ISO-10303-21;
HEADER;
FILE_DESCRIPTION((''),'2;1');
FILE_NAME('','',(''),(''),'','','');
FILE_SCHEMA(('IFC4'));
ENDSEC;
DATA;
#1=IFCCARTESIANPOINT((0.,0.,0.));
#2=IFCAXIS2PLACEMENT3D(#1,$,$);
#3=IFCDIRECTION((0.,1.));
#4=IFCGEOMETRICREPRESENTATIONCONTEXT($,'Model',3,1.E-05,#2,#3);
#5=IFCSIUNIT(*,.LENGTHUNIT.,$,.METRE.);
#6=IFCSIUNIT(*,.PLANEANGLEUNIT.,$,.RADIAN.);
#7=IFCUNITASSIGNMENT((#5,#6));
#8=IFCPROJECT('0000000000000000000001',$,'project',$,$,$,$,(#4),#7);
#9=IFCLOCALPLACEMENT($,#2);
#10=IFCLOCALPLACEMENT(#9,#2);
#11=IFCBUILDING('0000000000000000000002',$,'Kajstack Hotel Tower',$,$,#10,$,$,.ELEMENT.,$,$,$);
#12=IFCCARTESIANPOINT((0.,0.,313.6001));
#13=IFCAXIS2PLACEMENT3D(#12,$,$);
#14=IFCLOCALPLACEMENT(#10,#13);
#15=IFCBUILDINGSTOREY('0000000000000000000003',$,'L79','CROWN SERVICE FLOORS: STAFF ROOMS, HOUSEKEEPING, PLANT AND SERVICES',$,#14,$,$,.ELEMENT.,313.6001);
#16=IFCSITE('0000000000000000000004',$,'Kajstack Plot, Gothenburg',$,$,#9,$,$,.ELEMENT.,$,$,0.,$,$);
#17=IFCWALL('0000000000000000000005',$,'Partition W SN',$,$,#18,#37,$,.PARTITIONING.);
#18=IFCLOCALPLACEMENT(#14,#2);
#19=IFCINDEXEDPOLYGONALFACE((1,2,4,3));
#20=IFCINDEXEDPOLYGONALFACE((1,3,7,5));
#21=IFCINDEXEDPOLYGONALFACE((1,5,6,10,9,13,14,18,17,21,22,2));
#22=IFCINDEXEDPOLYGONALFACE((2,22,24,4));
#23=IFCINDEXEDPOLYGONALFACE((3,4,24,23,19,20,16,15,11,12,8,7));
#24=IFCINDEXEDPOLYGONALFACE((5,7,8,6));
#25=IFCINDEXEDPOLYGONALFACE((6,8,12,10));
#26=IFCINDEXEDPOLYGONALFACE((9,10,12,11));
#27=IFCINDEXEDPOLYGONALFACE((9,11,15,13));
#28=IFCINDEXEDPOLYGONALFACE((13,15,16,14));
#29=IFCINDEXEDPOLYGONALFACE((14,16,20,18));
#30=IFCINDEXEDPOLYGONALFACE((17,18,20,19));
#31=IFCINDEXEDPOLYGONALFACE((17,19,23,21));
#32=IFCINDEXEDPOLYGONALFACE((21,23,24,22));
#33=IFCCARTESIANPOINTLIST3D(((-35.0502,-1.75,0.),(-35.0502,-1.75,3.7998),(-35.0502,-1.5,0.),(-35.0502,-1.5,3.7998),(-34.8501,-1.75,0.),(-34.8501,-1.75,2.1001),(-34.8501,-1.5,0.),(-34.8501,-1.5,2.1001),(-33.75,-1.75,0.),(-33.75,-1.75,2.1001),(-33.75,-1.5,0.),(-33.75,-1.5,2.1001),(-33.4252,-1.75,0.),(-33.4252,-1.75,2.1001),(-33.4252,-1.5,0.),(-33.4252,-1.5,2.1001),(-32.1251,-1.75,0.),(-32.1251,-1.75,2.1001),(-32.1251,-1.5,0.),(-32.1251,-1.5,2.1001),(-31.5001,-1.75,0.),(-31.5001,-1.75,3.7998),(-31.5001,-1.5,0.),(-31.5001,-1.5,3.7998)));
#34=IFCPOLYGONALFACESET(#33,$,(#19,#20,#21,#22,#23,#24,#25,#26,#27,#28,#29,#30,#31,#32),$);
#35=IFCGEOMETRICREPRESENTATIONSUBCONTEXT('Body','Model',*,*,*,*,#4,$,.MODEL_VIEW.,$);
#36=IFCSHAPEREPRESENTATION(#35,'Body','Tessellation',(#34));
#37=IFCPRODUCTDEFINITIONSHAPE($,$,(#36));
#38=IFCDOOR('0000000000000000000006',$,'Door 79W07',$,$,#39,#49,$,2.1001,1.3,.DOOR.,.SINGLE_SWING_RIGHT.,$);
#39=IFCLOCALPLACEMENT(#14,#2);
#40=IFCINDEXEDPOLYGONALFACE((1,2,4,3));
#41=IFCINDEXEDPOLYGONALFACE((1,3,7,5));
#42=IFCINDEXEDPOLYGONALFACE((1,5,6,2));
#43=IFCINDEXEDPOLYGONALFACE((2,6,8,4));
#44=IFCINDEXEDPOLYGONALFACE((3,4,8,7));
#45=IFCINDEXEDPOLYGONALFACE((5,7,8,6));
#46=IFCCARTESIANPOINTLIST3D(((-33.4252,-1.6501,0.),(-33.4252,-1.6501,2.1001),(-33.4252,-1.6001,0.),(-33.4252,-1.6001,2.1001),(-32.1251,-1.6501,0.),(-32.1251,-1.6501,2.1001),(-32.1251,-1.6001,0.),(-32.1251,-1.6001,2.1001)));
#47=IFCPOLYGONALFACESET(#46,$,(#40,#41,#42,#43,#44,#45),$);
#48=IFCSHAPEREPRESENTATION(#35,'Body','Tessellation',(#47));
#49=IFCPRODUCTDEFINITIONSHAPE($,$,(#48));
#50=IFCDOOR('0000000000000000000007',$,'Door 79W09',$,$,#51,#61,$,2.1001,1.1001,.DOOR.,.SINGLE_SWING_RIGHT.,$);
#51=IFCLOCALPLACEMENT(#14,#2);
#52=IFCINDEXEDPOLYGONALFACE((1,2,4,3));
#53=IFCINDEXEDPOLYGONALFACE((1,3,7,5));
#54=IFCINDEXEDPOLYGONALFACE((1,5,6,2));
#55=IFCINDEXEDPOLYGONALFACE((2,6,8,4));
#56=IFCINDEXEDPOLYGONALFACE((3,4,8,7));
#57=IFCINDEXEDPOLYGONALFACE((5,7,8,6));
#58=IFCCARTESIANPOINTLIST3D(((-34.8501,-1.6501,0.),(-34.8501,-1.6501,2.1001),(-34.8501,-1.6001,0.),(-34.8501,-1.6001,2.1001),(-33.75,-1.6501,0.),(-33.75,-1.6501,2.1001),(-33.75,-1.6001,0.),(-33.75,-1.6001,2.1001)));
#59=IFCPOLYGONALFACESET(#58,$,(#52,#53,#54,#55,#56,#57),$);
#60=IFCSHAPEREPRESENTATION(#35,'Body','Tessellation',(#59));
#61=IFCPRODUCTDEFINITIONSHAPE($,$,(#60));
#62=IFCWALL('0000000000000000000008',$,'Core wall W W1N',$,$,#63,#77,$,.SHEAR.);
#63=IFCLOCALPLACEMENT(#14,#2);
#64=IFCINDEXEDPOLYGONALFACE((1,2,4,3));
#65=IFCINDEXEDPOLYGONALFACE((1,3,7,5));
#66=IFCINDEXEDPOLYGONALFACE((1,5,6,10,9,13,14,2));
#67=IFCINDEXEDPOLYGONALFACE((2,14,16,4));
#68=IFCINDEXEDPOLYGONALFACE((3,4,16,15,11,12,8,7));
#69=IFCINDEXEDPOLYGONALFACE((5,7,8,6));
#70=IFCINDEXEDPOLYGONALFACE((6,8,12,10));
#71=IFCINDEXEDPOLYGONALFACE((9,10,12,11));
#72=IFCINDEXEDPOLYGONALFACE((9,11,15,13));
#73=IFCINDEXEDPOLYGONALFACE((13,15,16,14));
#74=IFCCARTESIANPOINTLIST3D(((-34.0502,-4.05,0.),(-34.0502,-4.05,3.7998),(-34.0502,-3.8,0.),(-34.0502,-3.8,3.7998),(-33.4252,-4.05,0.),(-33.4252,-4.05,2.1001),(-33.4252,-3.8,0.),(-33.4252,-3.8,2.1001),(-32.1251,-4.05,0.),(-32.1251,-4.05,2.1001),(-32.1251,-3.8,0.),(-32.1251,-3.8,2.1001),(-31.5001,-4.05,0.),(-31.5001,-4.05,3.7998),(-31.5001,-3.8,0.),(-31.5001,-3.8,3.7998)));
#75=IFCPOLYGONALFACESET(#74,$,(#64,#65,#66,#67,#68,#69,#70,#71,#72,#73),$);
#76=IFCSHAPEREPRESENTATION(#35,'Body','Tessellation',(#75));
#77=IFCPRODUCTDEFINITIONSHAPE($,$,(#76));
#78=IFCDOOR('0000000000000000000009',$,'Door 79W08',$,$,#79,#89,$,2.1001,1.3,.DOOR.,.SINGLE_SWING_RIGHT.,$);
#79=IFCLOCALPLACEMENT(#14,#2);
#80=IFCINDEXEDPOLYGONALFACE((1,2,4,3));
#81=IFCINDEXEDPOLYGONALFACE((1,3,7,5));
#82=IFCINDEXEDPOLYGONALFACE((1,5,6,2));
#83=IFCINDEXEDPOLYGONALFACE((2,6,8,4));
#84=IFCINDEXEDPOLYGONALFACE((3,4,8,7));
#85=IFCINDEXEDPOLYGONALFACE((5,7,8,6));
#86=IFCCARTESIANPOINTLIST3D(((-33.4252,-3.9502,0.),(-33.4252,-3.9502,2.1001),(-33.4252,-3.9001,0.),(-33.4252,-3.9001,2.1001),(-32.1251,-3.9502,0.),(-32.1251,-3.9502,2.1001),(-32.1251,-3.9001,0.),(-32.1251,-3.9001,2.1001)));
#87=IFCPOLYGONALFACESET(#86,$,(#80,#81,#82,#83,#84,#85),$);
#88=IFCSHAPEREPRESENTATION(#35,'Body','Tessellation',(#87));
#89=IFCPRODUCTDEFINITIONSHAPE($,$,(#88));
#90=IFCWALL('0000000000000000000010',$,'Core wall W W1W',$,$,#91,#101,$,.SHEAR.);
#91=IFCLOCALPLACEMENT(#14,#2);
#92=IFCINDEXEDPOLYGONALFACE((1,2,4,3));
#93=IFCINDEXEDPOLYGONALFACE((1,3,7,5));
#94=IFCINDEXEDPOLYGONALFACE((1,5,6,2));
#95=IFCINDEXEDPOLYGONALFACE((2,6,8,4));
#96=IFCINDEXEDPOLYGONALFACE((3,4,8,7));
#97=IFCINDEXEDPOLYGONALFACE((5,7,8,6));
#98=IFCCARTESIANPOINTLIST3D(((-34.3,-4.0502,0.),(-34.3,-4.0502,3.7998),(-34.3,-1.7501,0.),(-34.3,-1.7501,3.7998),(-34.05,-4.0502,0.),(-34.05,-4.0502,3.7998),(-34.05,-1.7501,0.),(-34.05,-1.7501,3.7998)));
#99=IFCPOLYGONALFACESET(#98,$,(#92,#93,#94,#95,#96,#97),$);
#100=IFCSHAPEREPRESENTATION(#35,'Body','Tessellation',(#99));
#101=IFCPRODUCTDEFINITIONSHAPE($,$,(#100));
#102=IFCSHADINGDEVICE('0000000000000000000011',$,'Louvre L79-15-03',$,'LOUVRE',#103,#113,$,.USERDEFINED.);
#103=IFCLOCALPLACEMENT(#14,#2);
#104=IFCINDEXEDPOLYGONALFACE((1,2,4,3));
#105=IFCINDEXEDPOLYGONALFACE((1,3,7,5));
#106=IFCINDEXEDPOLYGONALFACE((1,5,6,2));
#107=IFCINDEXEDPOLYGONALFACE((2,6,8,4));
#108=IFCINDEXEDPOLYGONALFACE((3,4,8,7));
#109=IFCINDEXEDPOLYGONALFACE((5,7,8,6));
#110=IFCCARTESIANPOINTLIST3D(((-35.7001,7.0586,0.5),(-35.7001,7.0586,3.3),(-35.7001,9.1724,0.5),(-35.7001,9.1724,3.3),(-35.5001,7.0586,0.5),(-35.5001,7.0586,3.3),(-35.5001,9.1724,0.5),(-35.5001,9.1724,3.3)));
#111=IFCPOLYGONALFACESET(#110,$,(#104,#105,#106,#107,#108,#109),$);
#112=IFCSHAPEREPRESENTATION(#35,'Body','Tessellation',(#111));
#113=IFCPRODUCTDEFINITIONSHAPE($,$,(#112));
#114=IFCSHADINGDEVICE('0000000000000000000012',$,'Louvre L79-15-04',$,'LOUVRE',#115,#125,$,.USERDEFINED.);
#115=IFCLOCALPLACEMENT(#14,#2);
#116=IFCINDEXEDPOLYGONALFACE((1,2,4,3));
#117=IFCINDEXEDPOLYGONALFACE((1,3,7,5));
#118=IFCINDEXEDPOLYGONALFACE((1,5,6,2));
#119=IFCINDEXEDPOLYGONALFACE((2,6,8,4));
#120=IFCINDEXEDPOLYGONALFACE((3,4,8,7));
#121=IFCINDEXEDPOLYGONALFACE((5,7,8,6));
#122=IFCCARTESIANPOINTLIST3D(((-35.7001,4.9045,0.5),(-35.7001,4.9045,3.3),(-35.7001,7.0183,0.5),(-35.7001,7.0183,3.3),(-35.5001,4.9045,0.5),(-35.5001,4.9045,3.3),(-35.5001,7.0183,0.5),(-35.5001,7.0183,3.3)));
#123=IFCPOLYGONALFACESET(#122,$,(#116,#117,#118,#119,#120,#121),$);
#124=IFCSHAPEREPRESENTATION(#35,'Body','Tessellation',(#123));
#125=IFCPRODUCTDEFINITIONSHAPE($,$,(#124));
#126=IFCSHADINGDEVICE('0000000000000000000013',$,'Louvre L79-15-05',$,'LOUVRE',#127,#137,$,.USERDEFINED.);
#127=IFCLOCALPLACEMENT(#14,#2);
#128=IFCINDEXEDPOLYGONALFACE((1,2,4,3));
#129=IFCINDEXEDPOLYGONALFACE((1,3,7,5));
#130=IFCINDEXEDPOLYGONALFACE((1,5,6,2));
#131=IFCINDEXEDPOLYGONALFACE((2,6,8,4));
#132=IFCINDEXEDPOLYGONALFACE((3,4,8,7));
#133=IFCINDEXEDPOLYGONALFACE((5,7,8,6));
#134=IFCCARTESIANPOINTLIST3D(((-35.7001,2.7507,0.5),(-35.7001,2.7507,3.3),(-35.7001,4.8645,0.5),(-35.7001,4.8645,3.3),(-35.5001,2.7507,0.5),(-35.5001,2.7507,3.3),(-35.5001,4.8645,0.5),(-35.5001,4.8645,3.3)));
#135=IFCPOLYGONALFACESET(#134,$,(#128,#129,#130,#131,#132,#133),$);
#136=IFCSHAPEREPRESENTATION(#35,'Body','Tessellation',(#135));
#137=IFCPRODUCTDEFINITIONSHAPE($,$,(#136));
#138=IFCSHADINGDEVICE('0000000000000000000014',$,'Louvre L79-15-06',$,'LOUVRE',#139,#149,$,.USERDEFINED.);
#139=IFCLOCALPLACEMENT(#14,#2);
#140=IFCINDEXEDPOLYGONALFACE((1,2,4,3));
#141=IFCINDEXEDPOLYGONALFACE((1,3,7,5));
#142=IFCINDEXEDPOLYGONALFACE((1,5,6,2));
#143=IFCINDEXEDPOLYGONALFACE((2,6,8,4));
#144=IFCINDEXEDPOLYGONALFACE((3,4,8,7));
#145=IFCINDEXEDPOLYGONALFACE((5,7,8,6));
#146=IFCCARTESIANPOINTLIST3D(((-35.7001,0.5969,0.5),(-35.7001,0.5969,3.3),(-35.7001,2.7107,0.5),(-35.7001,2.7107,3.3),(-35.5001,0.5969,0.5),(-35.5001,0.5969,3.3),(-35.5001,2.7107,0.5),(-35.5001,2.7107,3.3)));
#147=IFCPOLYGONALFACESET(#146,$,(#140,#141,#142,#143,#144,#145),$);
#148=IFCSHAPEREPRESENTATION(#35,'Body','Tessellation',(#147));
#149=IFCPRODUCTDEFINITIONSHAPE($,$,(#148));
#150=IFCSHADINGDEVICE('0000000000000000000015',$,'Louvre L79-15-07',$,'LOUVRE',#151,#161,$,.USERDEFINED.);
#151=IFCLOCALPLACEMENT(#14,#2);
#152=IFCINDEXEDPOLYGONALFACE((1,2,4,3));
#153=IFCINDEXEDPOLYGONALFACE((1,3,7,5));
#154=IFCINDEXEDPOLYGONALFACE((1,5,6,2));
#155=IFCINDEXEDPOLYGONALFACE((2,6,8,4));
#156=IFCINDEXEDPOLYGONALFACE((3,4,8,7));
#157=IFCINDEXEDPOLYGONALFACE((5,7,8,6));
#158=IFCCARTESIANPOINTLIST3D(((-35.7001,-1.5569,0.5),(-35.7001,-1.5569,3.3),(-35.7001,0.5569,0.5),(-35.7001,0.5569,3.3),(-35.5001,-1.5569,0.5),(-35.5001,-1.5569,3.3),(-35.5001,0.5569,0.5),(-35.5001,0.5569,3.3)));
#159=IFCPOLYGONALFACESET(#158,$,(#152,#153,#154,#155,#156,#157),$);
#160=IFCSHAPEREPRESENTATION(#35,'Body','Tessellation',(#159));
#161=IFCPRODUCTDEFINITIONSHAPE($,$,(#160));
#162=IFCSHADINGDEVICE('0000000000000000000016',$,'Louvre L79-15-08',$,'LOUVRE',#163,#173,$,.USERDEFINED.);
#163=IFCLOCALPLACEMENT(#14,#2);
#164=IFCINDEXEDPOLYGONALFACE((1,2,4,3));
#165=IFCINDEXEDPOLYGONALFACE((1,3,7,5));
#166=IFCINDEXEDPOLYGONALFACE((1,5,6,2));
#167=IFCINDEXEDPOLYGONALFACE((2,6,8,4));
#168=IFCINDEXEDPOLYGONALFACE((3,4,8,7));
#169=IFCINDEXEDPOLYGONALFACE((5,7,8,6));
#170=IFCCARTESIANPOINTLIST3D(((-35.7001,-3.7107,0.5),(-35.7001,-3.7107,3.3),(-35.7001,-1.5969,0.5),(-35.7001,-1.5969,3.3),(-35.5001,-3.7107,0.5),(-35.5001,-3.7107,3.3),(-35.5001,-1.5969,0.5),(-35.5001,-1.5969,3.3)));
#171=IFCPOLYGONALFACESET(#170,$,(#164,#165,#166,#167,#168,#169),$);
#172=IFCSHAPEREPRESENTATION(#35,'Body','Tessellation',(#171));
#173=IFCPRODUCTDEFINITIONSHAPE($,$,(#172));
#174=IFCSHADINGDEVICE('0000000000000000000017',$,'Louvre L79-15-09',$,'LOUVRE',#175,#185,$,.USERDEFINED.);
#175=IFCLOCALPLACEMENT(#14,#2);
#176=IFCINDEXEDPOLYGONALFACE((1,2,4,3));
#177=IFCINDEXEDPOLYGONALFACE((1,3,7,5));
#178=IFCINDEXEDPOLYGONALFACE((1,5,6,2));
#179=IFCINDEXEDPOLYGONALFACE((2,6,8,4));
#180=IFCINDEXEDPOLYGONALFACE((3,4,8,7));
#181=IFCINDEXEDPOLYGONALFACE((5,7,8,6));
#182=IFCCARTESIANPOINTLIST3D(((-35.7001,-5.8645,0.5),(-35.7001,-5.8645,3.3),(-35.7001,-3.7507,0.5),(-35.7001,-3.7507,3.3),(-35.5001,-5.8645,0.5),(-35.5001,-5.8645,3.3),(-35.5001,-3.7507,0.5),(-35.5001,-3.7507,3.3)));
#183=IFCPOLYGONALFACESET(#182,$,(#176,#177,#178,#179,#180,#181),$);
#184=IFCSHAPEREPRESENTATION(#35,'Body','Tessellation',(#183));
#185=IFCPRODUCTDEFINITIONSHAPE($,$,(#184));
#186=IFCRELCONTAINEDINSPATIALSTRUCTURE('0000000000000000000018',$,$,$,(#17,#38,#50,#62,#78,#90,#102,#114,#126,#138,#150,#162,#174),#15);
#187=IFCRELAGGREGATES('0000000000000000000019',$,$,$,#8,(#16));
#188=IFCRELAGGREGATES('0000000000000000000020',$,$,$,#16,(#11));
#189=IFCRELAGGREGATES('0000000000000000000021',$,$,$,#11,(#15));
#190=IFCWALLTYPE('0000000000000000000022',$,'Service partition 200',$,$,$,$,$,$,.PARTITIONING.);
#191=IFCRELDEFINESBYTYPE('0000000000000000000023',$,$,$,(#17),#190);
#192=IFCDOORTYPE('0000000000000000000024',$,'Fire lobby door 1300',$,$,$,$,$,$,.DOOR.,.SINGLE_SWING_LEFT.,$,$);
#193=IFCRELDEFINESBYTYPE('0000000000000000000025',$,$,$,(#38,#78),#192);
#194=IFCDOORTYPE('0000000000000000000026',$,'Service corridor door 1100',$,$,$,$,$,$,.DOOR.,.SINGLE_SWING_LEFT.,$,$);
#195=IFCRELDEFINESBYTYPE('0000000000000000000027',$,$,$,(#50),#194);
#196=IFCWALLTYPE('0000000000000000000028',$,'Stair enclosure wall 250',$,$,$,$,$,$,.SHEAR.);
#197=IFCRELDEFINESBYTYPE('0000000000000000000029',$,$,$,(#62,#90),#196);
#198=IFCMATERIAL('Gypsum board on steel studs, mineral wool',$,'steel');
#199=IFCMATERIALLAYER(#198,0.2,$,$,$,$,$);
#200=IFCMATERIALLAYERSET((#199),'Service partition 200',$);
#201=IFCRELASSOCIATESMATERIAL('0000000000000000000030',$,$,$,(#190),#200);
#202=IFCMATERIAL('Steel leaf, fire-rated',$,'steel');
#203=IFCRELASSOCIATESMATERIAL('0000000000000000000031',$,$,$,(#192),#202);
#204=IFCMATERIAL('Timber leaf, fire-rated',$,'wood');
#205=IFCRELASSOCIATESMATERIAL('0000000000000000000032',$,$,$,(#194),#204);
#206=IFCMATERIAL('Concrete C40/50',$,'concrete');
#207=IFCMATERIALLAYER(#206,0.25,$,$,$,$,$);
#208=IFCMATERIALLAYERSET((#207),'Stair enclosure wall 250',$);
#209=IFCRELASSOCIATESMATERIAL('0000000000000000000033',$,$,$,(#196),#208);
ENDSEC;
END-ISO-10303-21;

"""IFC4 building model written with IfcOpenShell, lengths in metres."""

from ifc_helpers import new_model, si_unit, direction, frame, frame_2d, origin, origin_2d, place, context, subcontext, project, spatial, rectangle, extrude, material, layer, layer_set, type_object, element, fill, save


model = new_model("IFC4")

# Units and contexts
model_context = context("Model", 3, precision=1e-05, world=origin(), true_north=direction((0.0, 1.0)))
body_context = subcontext(model_context, "Body", "Model", "MODEL_VIEW")
ifc_project = project(units=[si_unit("LENGTHUNIT", "METRE"), si_unit("PLANEANGLEUNIT", "RADIAN")], contexts=[model_context])

# Site, building, storey
site_placement = place(None, origin())
site = spatial("IfcSite", under=ifc_project, at=site_placement, Name="Kajstack Plot, Gothenburg", CompositionType="ELEMENT", RefElevation=0.0)
building_placement = place(site_placement, origin())
building = spatial("IfcBuilding", under=site, at=building_placement, Name="Kajstack Hotel Tower", CompositionType="ELEMENT")
storey_placement = place(building_placement, frame((0.0, 0.0, 313.6001)))
storey = spatial("IfcBuildingStorey", under=building, at=storey_placement, Name="L79", Description="CROWN SERVICE FLOORS: STAFF ROOMS, HOUSEKEEPING, PLANT AND SERVICES", CompositionType="ELEMENT", Elevation=313.6001)

# Shared definitions
ifc_material_1 = material(Name="Gypsum board on steel studs, mineral wool", Category="steel")

# Wall, openings, doors
ifc_layer_1 = layer(ifc_material_1, 0.2)
ifc_layer_set_1 = layer_set([ifc_layer_1], Name="Service partition 200")
wall_type_1 = type_object("IfcWallType", Name="Service partition 200", PredefinedType="PARTITIONING", material=ifc_layer_set_1)
wall_1_placement = place(storey_placement, frame((-35.05, -1.625, 0.0), z_axis=(0.0, 0.0, 1.0), x_axis=(1.0, 0.0, 0.0)))
wall_1 = element("IfcWall", 1, at=wall_1_placement, inside=storey, type_object=wall_type_1, Name="Partition W SN", PredefinedType="PARTITIONING", context=body_context, shape_type="SweptSolid", body=[
    extrude(rectangle(XDim=3.55, YDim=0.25, at=frame_2d((1.7749, 0.0))), origin(), (0.0, 0.0, 1.0), 3.7998),
])
opening_1_placement = place(wall_1_placement, frame((1.625, 0.0, 0.0)))
opening_1 = element("IfcOpeningElement", 2, at=opening_1_placement, cuts=wall_1, PredefinedType="OPENING", context=body_context, shape_type="SweptSolid", body=[
    extrude(rectangle(XDim=1.3, YDim=2.1001, at=frame_2d((0.6499, 1.05))), frame((0.0, 0.135, 0.0), z_axis=(0.0, -1.0, 0.0), x_axis=(1.0, 0.0, 0.0)), (0.0, 0.0, 1.0), 0.27),
])
opening_2_placement = place(wall_1_placement, frame((0.2, 0.0, 0.0)))
opening_2 = element("IfcOpeningElement", 3, at=opening_2_placement, cuts=wall_1, PredefinedType="OPENING", context=body_context, shape_type="SweptSolid", body=[
    extrude(rectangle(XDim=1.1001, YDim=2.1001, at=frame_2d((0.55, 1.05))), frame((0.0, 0.135, 0.0), z_axis=(0.0, -1.0, 0.0), x_axis=(1.0, 0.0, 0.0)), (0.0, 0.0, 1.0), 0.27),
])
ifc_material_2 = material(Name="Steel leaf, fire-rated", Category="steel")
door_type_1 = type_object("IfcDoorType", Name="Fire lobby door 1300", OperationType="SINGLE_SWING_LEFT", PredefinedType="DOOR", material=ifc_material_2)
door_1_placement = place(opening_1_placement, origin())
door_1 = element("IfcDoor", 4, at=door_1_placement, inside=storey, type_object=door_type_1, Name="Door 79W07", OperationType="SINGLE_SWING_RIGHT", OverallHeight=2.1001, OverallWidth=1.3, PredefinedType="DOOR", context=body_context, shape_type="SweptSolid", body=[
    extrude(rectangle(XDim=1.3, YDim=2.1001, at=frame_2d((0.6499, 1.05))), frame((0.0, 0.0249, 0.0), z_axis=(0.0, -1.0, 0.0), x_axis=(1.0, 0.0, 0.0)), (0.0, 0.0, 1.0), 0.05),
])
fill(opening_1, door_1)
ifc_material_3 = material(Name="Timber leaf, fire-rated", Category="wood")
door_type_2 = type_object("IfcDoorType", Name="Service corridor door 1100", OperationType="SINGLE_SWING_LEFT", PredefinedType="DOOR", material=ifc_material_3)
door_2_placement = place(opening_2_placement, origin())
door_2 = element("IfcDoor", 5, at=door_2_placement, inside=storey, type_object=door_type_2, Name="Door 79W09", OperationType="SINGLE_SWING_RIGHT", OverallHeight=2.1001, OverallWidth=1.1001, PredefinedType="DOOR", context=body_context, shape_type="SweptSolid", body=[
    extrude(rectangle(XDim=1.1001, YDim=2.1001, at=frame_2d((0.55, 1.05))), frame((0.0, 0.0249, 0.0), z_axis=(0.0, -1.0, 0.0), x_axis=(1.0, 0.0, 0.0)), (0.0, 0.0, 1.0), 0.05),
])
fill(opening_2, door_2)

# Wall, opening, door
ifc_material_4 = material(Name="Concrete C40/50", Category="concrete")
ifc_layer_2 = layer(ifc_material_4, 0.25)
ifc_layer_set_2 = layer_set([ifc_layer_2], Name="Stair enclosure wall 250")
wall_type_2 = type_object("IfcWallType", Name="Stair enclosure wall 250", PredefinedType="SHEAR", material=ifc_layer_set_2)
wall_2_placement = place(storey_placement, frame((-34.05, -3.925, 0.0), z_axis=(0.0, 0.0, 1.0), x_axis=(1.0, 0.0, 0.0)))
wall_2 = element("IfcWall", 6, at=wall_2_placement, inside=storey, type_object=wall_type_2, Name="Core wall W W1N", PredefinedType="SHEAR", context=body_context, shape_type="SweptSolid", body=[
    extrude(rectangle(XDim=2.55, YDim=0.25, at=frame_2d((1.2749, 0.0))), origin(), (0.0, 0.0, 1.0), 3.7998),
])
opening_3_placement = place(wall_2_placement, frame((0.625, 0.0, 0.0)))
opening_3 = element("IfcOpeningElement", 7, at=opening_3_placement, cuts=wall_2, PredefinedType="OPENING", context=body_context, shape_type="SweptSolid", body=[
    extrude(rectangle(XDim=1.3, YDim=2.1001, at=frame_2d((0.6499, 1.05))), frame((0.0, 0.135, 0.0), z_axis=(0.0, -1.0, 0.0), x_axis=(1.0, 0.0, 0.0)), (0.0, 0.0, 1.0), 0.27),
])
door_3_placement = place(opening_3_placement, origin())
door_3 = element("IfcDoor", 8, at=door_3_placement, inside=storey, type_object=door_type_1, Name="Door 79W08", OperationType="SINGLE_SWING_RIGHT", OverallHeight=2.1001, OverallWidth=1.3, PredefinedType="DOOR", context=body_context, shape_type="SweptSolid", body=[
    extrude(rectangle(XDim=1.3, YDim=2.1001, at=frame_2d((0.6499, 1.05))), frame((0.0, 0.0249, 0.0), z_axis=(0.0, -1.0, 0.0), x_axis=(1.0, 0.0, 0.0)), (0.0, 0.0, 1.0), 0.05),
])
fill(opening_3, door_3)

# Wall
wall_3_placement = place(storey_placement, frame((-34.175, -4.05, 0.0), z_axis=(0.0, 0.0, 1.0), x_axis=(0.0, 1.0, 0.0)))
element("IfcWall", 9, at=wall_3_placement, inside=storey, type_object=wall_type_2, Name="Core wall W W1W", PredefinedType="SHEAR", context=body_context, shape_type="SweptSolid", body=[
    extrude(rectangle(XDim=2.3, YDim=0.25, at=frame_2d((1.1499, 0.0))), origin(), (0.0, 0.0, 1.0), 3.7998),
])

# Shading devices
for number, where, z_axis, x_axis, name in (
    (10, (-35.6001, 8.1155, 0.5), (0.0, 0.0, 1.0), (0.0, -1.0, 0.0), "Louvre L79-15-03"),
    (11, (-35.6001, 5.9614, 0.5), (0.0, 0.0, 1.0), (0.0, -1.0, 0.0), "Louvre L79-15-04"),
    (12, (-35.6001, 3.8076, 0.5), (0.0, 0.0, 1.0), (0.0, -1.0, 0.0), "Louvre L79-15-05"),
    (13, (-35.6001, 1.6538, 0.5), (0.0, 0.0, 1.0), (0.0, -1.0, 0.0), "Louvre L79-15-06"),
    (14, (-35.6001, -0.5, 0.5), (0.0, 0.0, 1.0), (0.0, -1.0, 0.0), "Louvre L79-15-07"),
    (15, (-35.6001, -2.6538, 0.5), (0.0, 0.0, 1.0), (0.0, -1.0, 0.0), "Louvre L79-15-08"),
    (16, (-35.6001, -4.8076, 0.5), (0.0, 0.0, 1.0), (0.0, -1.0, 0.0), "Louvre L79-15-09"),
):
    element("IfcShadingDevice", number, at=place(storey_placement, frame(where, z_axis=z_axis, x_axis=x_axis)), inside=storey, Name=name, ObjectType="LOUVRE", PredefinedType="USERDEFINED", context=body_context, shape_type="SweptSolid", body=[
        extrude(rectangle(XDim=2.1138, YDim=0.2, at=origin_2d()), origin(), (0.0, 0.0, 1.0), 2.8),
    ])

save(model, "model.ifc")
